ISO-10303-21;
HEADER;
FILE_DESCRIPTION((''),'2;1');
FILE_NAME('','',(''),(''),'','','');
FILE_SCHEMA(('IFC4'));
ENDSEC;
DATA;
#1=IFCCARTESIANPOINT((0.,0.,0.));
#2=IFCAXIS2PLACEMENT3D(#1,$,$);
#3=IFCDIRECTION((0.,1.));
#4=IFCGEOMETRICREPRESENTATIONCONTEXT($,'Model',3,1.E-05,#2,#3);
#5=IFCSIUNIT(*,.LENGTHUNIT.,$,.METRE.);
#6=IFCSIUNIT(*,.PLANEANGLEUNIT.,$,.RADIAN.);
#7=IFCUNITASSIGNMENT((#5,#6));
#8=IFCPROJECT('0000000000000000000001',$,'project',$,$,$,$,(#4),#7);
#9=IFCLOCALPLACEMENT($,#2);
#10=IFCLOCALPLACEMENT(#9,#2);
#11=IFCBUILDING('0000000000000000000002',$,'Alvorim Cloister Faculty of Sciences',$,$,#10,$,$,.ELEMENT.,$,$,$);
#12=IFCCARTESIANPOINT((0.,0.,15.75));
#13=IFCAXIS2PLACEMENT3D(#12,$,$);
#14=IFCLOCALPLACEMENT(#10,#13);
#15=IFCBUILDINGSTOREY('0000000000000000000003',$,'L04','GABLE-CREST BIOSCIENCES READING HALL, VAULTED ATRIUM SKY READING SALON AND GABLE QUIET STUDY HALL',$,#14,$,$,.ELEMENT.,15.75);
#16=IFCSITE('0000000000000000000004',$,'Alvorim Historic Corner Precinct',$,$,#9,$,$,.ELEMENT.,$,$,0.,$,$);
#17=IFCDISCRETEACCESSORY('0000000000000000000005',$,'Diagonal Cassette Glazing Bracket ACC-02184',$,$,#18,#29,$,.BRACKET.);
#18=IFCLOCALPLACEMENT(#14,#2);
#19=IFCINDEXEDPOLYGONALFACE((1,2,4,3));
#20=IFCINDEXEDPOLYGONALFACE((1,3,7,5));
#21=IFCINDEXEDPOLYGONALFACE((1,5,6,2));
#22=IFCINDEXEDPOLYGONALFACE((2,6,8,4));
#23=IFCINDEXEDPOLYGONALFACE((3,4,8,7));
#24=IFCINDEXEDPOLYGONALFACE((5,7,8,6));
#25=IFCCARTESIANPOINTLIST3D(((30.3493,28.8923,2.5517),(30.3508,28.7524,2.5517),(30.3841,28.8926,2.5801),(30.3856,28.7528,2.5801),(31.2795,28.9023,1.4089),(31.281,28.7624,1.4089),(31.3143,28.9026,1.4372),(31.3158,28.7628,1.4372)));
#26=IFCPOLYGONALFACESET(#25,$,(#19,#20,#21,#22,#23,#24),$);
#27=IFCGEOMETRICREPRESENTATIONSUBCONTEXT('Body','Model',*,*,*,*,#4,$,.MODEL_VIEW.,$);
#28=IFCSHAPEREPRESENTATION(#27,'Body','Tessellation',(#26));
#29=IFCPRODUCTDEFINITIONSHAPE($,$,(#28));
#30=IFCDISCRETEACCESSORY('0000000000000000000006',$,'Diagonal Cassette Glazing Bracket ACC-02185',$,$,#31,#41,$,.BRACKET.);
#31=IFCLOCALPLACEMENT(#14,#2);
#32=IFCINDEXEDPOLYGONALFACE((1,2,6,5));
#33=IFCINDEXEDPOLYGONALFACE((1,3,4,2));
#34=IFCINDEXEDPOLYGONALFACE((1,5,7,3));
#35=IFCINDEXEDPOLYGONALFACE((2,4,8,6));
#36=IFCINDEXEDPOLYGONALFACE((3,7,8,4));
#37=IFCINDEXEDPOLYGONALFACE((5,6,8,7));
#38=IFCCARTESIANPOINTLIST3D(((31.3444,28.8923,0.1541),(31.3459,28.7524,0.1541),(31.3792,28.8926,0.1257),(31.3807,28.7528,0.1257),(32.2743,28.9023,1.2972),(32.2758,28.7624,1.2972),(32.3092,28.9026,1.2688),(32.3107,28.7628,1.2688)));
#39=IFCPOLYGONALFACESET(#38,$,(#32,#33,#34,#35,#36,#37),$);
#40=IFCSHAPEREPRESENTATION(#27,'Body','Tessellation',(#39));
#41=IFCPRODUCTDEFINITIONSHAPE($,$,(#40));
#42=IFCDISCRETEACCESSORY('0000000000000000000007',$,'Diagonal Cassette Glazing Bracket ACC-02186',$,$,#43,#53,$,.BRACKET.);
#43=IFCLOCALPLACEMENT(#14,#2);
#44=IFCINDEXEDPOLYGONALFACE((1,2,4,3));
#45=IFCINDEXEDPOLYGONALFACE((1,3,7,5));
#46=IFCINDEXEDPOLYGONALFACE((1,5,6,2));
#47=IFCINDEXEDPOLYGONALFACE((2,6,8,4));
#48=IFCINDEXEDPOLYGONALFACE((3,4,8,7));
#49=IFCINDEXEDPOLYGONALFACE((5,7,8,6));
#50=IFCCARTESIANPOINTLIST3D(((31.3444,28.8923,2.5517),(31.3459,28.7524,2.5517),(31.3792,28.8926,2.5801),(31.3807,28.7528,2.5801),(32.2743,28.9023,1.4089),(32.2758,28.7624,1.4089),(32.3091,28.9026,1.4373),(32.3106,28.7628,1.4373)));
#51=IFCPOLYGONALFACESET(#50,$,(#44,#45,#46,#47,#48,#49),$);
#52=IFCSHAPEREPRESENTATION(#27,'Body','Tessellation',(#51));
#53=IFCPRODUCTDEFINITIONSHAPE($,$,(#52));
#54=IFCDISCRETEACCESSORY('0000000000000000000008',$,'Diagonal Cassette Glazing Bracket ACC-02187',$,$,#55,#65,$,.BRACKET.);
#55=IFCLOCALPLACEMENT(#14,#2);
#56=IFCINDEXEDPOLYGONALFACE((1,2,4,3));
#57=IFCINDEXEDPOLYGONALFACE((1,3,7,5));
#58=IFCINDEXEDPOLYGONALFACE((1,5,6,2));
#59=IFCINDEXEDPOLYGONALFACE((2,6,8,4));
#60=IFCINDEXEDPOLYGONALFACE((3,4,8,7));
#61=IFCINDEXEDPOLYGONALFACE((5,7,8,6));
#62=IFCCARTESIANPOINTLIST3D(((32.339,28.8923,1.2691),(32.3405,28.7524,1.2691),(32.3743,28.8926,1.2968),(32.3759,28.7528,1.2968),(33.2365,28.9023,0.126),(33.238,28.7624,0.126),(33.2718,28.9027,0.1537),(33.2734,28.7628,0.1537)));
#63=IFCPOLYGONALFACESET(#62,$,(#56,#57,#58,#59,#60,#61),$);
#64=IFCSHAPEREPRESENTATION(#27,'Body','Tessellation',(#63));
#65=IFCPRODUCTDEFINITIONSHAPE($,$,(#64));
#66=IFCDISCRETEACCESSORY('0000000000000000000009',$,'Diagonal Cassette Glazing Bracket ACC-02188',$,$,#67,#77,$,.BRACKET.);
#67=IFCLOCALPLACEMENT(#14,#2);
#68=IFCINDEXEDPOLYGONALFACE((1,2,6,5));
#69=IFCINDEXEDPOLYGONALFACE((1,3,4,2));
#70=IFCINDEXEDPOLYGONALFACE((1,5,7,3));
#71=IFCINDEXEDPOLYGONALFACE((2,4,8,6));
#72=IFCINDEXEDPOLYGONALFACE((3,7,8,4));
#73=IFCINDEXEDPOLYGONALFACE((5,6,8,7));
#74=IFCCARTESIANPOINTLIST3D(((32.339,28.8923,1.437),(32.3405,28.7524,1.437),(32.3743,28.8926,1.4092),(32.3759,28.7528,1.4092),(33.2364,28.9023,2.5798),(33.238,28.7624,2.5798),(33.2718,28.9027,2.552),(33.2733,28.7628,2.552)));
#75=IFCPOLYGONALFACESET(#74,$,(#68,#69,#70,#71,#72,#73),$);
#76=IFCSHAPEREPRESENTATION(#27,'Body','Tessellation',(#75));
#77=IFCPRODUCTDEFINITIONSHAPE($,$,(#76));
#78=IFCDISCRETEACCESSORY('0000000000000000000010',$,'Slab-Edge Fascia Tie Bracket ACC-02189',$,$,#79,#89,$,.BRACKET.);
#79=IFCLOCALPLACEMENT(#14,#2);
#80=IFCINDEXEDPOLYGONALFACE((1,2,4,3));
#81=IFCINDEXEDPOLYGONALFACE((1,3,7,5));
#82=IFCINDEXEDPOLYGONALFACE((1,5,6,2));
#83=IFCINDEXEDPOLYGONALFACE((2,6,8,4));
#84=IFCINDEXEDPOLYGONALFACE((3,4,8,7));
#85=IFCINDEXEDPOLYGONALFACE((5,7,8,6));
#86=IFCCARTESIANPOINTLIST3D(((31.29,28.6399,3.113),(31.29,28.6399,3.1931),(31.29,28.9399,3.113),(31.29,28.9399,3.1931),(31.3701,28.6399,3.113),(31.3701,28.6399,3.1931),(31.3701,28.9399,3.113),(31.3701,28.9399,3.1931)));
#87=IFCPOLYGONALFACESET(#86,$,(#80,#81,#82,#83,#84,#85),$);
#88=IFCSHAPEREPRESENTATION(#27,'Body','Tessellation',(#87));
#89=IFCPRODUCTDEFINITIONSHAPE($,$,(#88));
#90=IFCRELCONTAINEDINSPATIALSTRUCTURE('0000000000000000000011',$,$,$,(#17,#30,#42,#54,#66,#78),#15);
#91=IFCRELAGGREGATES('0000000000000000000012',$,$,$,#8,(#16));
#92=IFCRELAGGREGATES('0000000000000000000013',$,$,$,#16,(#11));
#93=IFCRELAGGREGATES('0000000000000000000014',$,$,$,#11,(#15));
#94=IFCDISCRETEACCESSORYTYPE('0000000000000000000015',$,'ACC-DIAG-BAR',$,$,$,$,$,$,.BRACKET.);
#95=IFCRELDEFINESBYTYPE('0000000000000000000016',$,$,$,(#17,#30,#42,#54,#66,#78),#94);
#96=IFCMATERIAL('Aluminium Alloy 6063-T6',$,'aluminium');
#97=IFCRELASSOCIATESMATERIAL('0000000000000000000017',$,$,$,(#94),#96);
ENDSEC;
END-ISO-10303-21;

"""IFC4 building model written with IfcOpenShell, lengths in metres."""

from ifc_helpers import new_model, si_unit, direction, frame, origin, origin_2d, place, context, subcontext, project, spatial, rectangle, extrude, material, type_object, element, save


model = new_model("IFC4")

# Units and contexts
model_context = context("Model", 3, precision=1e-05, world=origin(), true_north=direction((0.0, 1.0)))
body_context = subcontext(model_context, "Body", "Model", "MODEL_VIEW")
ifc_project = project(units=[si_unit("LENGTHUNIT", "METRE"), si_unit("PLANEANGLEUNIT", "RADIAN")], contexts=[model_context])

# Site, building, storey
site_placement = place(None, origin())
site = spatial("IfcSite", under=ifc_project, at=site_placement, Name="Alvorim Historic Corner Precinct", CompositionType="ELEMENT", RefElevation=0.0)
building_placement = place(site_placement, origin())
building = spatial("IfcBuilding", under=site, at=building_placement, Name="Alvorim Cloister Faculty of Sciences", CompositionType="ELEMENT")
storey_placement = place(building_placement, frame((0.0, 0.0, 15.75)))
storey = spatial("IfcBuildingStorey", under=building, at=storey_placement, Name="L04", Description="GABLE-CREST BIOSCIENCES READING HALL, VAULTED ATRIUM SKY READING SALON AND GABLE QUIET STUDY HALL", CompositionType="ELEMENT", Elevation=15.75)

# Shared definitions
ifc_material_1 = material(Name="Aluminium Alloy 6063-T6", Category="aluminium")

# Discrete accessories
discrete_accessory_type = type_object("IfcDiscreteAccessoryType", Name="ACC-DIAG-BAR", PredefinedType="BRACKET", material=ifc_material_1)
for number, where, z_axis, x_axis, name in (
    (1, (30.3674, 28.8225, 2.5659), (0.631245, 0.006793, -0.775554), (-0.010761, 0.999942, 0.0), "Diagonal Cassette Glazing Bracket ACC-02184"),
    (2, (31.3625, 28.8225, 0.1399), (0.631064, 0.006793, 0.775701), (-0.010763, 0.999942, 0.0), "Diagonal Cassette Glazing Bracket ACC-02185"),
):
    element("IfcDiscreteAccessory", number, at=place(storey_placement, frame(where, z_axis=z_axis, x_axis=x_axis)), inside=storey, type_object=discrete_accessory_type, Name=name, PredefinedType="BRACKET", context=body_context, shape_type="SweptSolid", body=[
        extrude(rectangle(XDim=0.1399, YDim=0.0449, at=origin_2d()), origin(), (0.0, 0.0, 1.0), 1.4736),
    ])
discrete_accessory_1_placement = place(storey_placement, frame((31.3625, 28.8225, 2.5659), z_axis=(0.631146, 0.006794, -0.775635), x_axis=(-0.010763, 0.999942, 0.0)))
element("IfcDiscreteAccessory", 3, at=discrete_accessory_1_placement, inside=storey, type_object=discrete_accessory_type, Name="Diagonal Cassette Glazing Bracket ACC-02186", PredefinedType="BRACKET", context=body_context, shape_type="SweptSolid", body=[
    extrude(rectangle(XDim=0.1399, YDim=0.0449, at=origin_2d()), origin(), (0.0, 0.0, 1.0), 1.4734),
])
discrete_accessory_2_placement = place(storey_placement, frame((32.3574, 28.8225, 1.283), z_axis=(0.617525, 0.006888, -0.786521), x_axis=(-0.011153, 0.999938, 0.0)))
element("IfcDiscreteAccessory", 4, at=discrete_accessory_2_placement, inside=storey, type_object=discrete_accessory_type, Name="Diagonal Cassette Glazing Bracket ACC-02187", PredefinedType="BRACKET", context=body_context, shape_type="SweptSolid", body=[
    extrude(rectangle(XDim=0.1399, YDim=0.0449, at=origin_2d()), origin(), (0.0, 0.0, 1.0), 1.4534),
])
discrete_accessory_3_placement = place(storey_placement, frame((32.3574, 28.8225, 1.4231), z_axis=(0.617607, 0.006888, 0.786457), x_axis=(-0.011153, 0.999938, 0.0)))
element("IfcDiscreteAccessory", 5, at=discrete_accessory_3_placement, inside=storey, type_object=discrete_accessory_type, Name="Diagonal Cassette Glazing Bracket ACC-02188", PredefinedType="BRACKET", context=body_context, shape_type="SweptSolid", body=[
    extrude(rectangle(XDim=0.1399, YDim=0.0449, at=origin_2d()), origin(), (0.0, 0.0, 1.0), 1.4531),
])
discrete_accessory_4_placement = place(storey_placement, frame((31.3301, 28.9399, 3.1531), z_axis=(0.0, -1.0, 0.0), x_axis=(1.0, 0.0, 0.0)))
element("IfcDiscreteAccessory", 6, at=discrete_accessory_4_placement, inside=storey, type_object=discrete_accessory_type, Name="Slab-Edge Fascia Tie Bracket ACC-02189", PredefinedType="BRACKET", context=body_context, shape_type="SweptSolid", body=[
    extrude(rectangle(XDim=0.0801, YDim=0.0801, at=origin_2d()), origin(), (0.0, 0.0, 1.0), 0.3),
])

save(model, "model.ifc")
